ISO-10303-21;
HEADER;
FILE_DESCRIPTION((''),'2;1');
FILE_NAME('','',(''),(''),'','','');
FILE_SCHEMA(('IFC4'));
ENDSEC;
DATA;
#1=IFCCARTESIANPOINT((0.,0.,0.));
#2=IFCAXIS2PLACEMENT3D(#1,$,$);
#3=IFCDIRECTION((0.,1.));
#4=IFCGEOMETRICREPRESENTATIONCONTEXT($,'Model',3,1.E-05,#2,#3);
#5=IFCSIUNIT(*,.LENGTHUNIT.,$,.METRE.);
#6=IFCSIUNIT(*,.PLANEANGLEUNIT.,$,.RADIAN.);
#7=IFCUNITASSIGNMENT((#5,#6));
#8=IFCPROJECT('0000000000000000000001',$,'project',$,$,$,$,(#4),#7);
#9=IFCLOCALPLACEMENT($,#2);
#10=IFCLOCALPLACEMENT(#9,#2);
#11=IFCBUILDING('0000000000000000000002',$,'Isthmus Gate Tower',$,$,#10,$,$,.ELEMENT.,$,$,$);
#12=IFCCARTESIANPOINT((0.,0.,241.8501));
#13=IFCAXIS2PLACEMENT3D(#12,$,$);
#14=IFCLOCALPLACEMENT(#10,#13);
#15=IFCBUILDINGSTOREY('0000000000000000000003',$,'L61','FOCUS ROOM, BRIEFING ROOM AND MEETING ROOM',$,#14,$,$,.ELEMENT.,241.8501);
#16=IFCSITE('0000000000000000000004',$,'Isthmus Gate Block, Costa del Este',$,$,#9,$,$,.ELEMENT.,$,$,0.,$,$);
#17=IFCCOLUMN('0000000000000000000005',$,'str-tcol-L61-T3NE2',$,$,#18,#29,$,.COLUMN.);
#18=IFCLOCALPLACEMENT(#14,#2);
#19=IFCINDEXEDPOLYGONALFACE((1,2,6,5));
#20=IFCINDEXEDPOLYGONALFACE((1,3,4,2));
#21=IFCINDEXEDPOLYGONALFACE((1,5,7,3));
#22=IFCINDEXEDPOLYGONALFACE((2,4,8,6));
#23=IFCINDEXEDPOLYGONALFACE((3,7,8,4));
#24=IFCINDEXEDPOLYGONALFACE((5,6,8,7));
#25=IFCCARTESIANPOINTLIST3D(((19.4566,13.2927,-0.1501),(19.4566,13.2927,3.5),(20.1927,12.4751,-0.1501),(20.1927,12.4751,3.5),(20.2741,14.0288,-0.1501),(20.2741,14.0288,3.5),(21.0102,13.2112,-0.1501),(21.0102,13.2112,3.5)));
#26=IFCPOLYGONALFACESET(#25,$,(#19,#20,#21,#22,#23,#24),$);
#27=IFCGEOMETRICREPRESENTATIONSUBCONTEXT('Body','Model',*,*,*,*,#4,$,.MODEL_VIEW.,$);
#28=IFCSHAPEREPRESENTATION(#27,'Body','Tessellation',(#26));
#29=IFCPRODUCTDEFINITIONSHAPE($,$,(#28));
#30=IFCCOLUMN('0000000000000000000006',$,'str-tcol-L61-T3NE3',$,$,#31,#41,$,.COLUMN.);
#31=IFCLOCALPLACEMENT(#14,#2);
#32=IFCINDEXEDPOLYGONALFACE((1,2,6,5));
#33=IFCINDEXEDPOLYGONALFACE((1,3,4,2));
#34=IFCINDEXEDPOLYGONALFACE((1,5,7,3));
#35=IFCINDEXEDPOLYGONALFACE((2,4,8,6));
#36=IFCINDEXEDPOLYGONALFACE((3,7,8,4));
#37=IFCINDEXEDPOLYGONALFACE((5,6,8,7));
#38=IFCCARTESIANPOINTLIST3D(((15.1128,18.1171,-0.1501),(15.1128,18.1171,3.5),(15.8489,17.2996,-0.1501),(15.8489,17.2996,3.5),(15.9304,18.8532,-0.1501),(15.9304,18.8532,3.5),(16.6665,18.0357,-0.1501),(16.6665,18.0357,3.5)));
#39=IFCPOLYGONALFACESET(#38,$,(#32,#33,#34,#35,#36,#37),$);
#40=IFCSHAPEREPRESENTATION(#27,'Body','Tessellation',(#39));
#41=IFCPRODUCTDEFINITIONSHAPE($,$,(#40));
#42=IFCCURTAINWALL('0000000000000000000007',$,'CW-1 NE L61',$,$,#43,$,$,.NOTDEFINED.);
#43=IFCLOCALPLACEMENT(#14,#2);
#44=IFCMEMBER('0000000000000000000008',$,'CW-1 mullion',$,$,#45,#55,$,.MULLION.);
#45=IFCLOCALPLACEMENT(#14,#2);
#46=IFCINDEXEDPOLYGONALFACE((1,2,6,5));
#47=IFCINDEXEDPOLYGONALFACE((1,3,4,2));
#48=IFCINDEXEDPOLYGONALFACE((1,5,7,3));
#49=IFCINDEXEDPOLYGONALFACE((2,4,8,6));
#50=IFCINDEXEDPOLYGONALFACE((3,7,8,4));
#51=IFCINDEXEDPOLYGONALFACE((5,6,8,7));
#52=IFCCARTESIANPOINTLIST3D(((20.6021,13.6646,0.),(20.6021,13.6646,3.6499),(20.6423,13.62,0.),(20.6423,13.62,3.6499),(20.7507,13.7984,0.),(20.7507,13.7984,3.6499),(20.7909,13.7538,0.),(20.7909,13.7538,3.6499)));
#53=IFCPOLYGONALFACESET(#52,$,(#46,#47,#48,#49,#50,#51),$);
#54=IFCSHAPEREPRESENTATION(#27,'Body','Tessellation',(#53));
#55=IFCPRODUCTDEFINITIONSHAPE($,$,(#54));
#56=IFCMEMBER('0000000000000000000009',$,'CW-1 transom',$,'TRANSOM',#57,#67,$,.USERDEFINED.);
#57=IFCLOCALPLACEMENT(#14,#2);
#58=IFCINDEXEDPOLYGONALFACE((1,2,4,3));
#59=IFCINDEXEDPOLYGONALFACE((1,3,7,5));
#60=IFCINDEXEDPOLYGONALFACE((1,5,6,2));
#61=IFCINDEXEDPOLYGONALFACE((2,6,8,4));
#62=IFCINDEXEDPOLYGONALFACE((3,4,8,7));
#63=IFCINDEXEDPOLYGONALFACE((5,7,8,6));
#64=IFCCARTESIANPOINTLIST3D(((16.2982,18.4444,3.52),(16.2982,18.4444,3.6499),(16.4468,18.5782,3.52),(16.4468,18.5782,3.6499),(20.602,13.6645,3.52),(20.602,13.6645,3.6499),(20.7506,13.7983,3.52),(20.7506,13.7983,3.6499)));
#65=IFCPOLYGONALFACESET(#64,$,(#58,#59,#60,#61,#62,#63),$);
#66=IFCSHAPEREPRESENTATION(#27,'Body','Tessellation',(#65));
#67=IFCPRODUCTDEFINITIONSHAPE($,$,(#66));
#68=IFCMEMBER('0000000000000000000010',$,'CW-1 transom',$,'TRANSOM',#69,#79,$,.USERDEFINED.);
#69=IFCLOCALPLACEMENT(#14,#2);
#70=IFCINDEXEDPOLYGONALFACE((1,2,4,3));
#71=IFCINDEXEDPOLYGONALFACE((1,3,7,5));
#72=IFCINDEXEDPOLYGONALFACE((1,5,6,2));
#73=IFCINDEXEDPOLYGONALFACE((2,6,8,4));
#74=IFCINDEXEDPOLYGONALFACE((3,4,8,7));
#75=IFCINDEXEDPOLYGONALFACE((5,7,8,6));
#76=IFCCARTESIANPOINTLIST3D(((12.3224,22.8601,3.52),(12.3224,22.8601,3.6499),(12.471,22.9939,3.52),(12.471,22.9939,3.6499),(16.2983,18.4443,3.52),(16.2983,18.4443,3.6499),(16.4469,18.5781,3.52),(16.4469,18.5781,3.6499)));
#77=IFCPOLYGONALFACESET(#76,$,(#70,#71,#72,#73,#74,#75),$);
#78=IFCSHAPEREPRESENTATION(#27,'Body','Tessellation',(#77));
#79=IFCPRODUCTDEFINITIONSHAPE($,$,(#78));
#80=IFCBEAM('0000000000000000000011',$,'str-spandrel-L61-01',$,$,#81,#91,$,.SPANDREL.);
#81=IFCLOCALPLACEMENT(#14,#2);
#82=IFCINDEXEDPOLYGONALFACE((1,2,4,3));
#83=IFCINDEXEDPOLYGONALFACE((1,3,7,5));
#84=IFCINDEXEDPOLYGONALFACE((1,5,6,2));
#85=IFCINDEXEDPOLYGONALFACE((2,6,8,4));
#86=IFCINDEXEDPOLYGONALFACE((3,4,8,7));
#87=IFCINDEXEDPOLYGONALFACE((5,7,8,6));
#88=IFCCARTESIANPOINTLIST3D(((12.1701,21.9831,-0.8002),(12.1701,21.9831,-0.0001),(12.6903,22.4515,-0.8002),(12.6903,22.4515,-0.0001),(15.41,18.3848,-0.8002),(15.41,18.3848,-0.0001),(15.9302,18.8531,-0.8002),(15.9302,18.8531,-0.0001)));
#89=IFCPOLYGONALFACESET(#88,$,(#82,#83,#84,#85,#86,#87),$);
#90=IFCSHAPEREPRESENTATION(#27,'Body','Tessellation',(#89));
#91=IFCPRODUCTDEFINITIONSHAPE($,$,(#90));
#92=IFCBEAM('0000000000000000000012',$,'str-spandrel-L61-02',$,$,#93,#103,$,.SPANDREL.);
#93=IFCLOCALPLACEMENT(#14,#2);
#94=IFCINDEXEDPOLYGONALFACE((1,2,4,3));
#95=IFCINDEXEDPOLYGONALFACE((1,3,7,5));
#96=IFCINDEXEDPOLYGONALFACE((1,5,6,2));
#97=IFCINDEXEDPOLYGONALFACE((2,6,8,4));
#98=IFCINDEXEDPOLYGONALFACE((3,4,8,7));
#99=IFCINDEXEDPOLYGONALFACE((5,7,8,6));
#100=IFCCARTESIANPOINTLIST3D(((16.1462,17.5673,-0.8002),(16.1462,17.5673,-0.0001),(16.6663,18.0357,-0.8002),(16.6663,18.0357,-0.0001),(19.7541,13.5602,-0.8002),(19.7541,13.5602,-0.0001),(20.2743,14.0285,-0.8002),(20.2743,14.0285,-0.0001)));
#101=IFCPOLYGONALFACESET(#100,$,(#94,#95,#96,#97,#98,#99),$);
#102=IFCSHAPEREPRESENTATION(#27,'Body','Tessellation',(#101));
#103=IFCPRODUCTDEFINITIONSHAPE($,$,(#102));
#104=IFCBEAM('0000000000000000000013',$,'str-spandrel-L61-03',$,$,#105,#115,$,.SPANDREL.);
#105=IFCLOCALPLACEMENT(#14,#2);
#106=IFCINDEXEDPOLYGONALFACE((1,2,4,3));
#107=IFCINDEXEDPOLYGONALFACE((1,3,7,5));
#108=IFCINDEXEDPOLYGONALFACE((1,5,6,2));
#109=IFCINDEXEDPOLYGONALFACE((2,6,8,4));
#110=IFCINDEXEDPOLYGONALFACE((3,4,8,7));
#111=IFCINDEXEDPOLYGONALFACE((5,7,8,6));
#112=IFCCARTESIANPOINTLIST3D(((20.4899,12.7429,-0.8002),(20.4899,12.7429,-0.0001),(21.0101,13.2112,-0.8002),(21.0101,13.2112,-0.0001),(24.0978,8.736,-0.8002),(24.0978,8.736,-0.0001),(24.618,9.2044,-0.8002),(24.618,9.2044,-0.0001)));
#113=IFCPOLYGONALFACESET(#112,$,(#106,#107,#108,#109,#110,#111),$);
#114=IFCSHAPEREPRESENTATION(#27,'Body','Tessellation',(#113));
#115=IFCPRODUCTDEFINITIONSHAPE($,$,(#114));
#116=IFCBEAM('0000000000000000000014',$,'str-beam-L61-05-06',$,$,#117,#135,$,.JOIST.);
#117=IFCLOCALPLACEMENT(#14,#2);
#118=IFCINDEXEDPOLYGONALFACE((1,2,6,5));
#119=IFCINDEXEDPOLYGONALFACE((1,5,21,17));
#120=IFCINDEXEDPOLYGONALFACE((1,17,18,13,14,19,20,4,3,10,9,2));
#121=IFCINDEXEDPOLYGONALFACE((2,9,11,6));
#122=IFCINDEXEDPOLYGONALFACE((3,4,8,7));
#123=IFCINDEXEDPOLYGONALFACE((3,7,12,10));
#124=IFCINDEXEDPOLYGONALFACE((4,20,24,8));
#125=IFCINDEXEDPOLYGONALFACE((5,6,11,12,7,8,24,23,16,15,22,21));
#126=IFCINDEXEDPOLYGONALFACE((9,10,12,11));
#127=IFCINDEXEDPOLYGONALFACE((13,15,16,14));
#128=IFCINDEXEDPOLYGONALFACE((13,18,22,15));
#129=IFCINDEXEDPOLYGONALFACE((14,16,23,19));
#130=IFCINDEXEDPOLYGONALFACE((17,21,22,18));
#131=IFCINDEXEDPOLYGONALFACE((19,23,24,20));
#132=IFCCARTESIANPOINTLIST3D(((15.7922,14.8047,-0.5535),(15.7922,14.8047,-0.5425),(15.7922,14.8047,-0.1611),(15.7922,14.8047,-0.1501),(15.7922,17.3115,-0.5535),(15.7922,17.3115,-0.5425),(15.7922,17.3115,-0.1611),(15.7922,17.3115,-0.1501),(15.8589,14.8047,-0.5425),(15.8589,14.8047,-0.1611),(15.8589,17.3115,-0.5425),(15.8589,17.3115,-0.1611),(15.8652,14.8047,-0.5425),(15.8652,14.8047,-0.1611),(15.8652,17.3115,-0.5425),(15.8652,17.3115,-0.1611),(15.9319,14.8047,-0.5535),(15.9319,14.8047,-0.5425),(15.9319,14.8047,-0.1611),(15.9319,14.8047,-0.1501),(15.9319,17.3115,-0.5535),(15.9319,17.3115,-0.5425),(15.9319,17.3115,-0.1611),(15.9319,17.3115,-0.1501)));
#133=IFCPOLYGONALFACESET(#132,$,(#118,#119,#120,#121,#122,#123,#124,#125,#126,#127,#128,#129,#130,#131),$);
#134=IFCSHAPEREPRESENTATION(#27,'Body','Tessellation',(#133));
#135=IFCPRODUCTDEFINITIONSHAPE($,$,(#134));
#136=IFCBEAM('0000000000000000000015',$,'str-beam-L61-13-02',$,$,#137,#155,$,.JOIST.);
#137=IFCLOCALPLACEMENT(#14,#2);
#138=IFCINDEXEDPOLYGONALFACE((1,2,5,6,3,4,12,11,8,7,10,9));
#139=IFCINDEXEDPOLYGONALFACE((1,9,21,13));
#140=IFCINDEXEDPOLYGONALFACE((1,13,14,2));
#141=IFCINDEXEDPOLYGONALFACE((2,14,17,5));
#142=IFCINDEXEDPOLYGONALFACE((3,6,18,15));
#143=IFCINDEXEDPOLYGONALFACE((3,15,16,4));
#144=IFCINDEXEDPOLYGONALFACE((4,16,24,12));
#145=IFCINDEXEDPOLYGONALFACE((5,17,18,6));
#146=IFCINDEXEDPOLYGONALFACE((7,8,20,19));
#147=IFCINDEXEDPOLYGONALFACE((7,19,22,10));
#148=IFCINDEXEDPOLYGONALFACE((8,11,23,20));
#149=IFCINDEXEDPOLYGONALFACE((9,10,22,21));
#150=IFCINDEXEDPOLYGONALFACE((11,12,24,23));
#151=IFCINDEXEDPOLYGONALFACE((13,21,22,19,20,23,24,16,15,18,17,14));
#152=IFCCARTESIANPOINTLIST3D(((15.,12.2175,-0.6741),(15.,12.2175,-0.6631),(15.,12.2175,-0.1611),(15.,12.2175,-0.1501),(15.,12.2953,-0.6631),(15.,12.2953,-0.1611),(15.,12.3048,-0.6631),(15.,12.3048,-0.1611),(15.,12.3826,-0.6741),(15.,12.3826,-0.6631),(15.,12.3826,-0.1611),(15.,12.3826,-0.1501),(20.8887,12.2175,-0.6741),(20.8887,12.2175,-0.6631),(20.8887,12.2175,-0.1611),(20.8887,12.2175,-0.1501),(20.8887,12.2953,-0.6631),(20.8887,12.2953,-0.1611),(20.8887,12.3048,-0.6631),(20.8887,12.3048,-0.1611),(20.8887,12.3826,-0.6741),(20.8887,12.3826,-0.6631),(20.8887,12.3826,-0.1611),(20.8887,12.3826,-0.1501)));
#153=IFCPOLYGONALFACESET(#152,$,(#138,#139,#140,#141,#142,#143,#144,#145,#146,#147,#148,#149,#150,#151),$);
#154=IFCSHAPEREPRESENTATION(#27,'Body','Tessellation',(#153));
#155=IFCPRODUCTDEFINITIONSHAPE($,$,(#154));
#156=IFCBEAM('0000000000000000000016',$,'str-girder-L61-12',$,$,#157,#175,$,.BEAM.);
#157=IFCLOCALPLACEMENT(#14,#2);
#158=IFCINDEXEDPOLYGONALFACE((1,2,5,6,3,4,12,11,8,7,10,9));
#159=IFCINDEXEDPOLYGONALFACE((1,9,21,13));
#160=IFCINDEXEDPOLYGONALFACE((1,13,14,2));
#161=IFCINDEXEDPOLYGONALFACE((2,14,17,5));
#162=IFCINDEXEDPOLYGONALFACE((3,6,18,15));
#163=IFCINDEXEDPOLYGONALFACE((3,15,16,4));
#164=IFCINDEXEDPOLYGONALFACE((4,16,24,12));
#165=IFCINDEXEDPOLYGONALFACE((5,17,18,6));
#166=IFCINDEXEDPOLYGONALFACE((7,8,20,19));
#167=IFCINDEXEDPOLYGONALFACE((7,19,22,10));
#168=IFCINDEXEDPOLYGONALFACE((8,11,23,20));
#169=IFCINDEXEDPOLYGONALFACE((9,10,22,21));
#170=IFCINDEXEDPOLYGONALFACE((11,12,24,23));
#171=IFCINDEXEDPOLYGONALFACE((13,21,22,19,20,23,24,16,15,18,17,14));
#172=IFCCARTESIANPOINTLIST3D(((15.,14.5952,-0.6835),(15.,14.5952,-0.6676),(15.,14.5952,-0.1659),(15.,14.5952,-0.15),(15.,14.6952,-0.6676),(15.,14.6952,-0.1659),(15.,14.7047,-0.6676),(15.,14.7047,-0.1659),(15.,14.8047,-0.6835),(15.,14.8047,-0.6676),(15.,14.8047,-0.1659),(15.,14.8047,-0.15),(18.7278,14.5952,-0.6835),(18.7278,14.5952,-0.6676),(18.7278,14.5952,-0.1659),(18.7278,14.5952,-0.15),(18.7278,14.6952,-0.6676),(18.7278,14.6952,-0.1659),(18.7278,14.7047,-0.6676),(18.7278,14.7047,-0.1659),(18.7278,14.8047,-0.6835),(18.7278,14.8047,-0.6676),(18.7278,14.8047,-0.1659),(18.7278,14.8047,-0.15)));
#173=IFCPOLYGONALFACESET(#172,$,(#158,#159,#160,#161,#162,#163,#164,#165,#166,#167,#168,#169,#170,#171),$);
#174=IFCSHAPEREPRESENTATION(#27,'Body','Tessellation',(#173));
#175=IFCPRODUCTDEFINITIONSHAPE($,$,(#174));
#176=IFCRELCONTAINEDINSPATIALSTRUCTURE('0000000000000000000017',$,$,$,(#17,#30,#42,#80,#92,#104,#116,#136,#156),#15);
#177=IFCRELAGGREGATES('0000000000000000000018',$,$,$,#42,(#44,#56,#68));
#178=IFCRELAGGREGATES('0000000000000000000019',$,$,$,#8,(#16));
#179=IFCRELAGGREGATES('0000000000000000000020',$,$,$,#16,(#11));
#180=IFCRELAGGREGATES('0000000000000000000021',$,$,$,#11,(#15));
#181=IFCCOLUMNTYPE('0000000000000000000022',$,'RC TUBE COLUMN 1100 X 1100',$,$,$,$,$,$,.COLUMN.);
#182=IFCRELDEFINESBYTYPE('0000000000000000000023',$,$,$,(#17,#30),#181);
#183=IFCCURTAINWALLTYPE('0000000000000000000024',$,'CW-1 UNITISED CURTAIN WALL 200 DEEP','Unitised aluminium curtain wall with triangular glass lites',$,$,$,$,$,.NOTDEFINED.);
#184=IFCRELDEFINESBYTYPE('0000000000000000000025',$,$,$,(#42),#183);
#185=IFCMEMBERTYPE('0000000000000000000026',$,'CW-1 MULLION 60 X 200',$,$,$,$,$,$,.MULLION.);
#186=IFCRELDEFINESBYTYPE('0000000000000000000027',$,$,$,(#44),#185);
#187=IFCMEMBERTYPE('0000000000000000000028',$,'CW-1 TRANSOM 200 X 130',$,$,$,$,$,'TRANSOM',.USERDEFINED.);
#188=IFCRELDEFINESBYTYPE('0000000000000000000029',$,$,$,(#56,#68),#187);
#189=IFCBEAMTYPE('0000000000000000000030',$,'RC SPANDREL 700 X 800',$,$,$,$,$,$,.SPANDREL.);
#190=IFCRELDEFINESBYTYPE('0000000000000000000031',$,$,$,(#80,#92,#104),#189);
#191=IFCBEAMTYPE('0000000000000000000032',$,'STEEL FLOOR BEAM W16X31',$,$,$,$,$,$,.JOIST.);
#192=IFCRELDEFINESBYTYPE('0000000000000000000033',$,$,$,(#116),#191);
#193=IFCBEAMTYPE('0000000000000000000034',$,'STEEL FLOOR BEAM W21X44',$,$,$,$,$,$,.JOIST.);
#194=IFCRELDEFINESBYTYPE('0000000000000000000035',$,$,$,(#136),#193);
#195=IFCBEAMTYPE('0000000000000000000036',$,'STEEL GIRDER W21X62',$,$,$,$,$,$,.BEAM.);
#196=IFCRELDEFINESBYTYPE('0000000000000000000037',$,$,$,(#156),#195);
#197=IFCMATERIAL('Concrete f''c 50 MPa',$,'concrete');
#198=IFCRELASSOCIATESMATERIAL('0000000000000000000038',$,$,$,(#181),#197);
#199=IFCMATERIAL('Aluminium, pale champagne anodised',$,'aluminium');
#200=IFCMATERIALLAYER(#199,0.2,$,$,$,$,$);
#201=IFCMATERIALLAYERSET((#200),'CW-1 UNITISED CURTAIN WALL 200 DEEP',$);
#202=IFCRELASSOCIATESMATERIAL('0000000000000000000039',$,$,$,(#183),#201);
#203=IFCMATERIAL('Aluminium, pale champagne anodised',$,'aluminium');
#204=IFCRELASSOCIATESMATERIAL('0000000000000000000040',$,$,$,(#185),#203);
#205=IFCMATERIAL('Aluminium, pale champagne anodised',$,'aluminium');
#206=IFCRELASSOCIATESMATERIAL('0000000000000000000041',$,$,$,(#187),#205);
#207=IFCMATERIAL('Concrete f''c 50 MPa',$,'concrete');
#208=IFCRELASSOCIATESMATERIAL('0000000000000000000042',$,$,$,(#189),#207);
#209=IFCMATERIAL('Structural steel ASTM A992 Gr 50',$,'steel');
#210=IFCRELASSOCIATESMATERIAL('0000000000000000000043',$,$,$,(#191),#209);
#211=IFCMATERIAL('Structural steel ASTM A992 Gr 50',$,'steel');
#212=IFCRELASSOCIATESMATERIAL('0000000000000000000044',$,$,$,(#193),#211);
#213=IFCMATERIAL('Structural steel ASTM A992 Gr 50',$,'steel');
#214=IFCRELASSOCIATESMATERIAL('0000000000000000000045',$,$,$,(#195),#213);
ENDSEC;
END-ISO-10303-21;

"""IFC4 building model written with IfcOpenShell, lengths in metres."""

from ifc_helpers import new_model, si_unit, direction, frame, origin, origin_2d, place, context, subcontext, project, spatial, rectangle, i_section, extrude, material, layer, layer_set, material_profile, profile_set, type_object, element, aggregate, save


model = new_model("IFC4")

# Units and contexts
model_context = context("Model", 3, precision=1e-05, world=origin(), true_north=direction((0.0, 1.0)))
body_context = subcontext(model_context, "Body", "Model", "MODEL_VIEW")
ifc_project = project(units=[si_unit("LENGTHUNIT", "METRE"), si_unit("PLANEANGLEUNIT", "RADIAN")], contexts=[model_context])

# Site, building, storey
site_placement = place(None, origin())
site = spatial("IfcSite", under=ifc_project, at=site_placement, Name="Isthmus Gate Block, Costa del Este", CompositionType="ELEMENT", RefElevation=0.0)
building_placement = place(site_placement, origin())
building = spatial("IfcBuilding", under=site, at=building_placement, Name="Isthmus Gate Tower", CompositionType="ELEMENT")
storey_placement = place(building_placement, frame((0.0, 0.0, 241.8501)))
storey = spatial("IfcBuildingStorey", under=building, at=storey_placement, Name="L61", Description="FOCUS ROOM, BRIEFING ROOM AND MEETING ROOM", CompositionType="ELEMENT", Elevation=241.8501)

# Columns
ifc_material_1 = material(Name="Concrete f'c 50 MPa", Category="concrete")
ifc_material_profile_1 = material_profile(ifc_material_1, rectangle(XDim=1.1001, YDim=1.1001, at=origin_2d()), Name="RC 1100X1100")
ifc_profile_set_1 = profile_set([ifc_material_profile_1], Name="Concrete f'c 50 MPa")
column_type = type_object("IfcColumnType", Name="RC TUBE COLUMN 1100 X 1100", PredefinedType="COLUMN", material=ifc_profile_set_1)
for number, where, z_axis, x_axis, name in (
    (1, (20.2334, 13.252, -0.1501), (0.0, 0.0, 1.0), (-0.669131, 0.743145, 0.0), "str-tcol-L61-T3NE2"),
    (2, (15.8896, 18.0764, -0.1501), (0.0, 0.0, 1.0), (-0.669131, 0.743145, 0.0), "str-tcol-L61-T3NE3"),
):
    element("IfcColumn", number, at=place(storey_placement, frame(where, z_axis=z_axis, x_axis=x_axis)), inside=storey, type_object=column_type, Name=name, PredefinedType="COLUMN", context=body_context, shape_type="SweptSolid", body=[
        extrude(rectangle(XDim=1.1001, YDim=1.1001, at=origin_2d()), origin(), (0.0, 0.0, 1.0), 3.6501),
    ])

# Curtain wall, members
ifc_material_2 = material(Name="Aluminium, pale champagne anodised", Category="aluminium")
ifc_layer_1 = layer(ifc_material_2, 0.2)
ifc_layer_set_1 = layer_set([ifc_layer_1], Name="CW-1 UNITISED CURTAIN WALL 200 DEEP")
curtain_wall_type = type_object("IfcCurtainWallType", Name="CW-1 UNITISED CURTAIN WALL 200 DEEP", Description="Unitised aluminium curtain wall with triangular glass lites", PredefinedType="NOTDEFINED", material=ifc_layer_set_1)
curtain_wall_placement = place(storey_placement, origin())
curtain_wall = element("IfcCurtainWall", 3, at=curtain_wall_placement, inside=storey, type_object=curtain_wall_type, Name="CW-1 NE L61", PredefinedType="NOTDEFINED")
ifc_material_3 = material(Name="Aluminium, pale champagne anodised", Category="aluminium")
ifc_material_profile_2 = material_profile(ifc_material_3, rectangle(XDim=0.0601, YDim=0.2, at=origin_2d()), Name="60x200")
ifc_profile_set_2 = profile_set([ifc_material_profile_2], Name="Aluminium, pale champagne anodised")
member_type_1 = type_object("IfcMemberType", Name="CW-1 MULLION 60 X 200", PredefinedType="MULLION", material=ifc_profile_set_2)
member_1_placement = place(storey_placement, frame((20.6965, 13.7092, 0.0), z_axis=(0.0, 0.0, 1.0), x_axis=(-0.669131, 0.743145, 0.0)))
member_1 = element("IfcMember", 4, at=member_1_placement, type_object=member_type_1, Name="CW-1 mullion", PredefinedType="MULLION", context=body_context, shape_type="SweptSolid", body=[
    extrude(rectangle(XDim=0.0601, YDim=0.2, at=origin_2d()), origin(), (0.0, 0.0, 1.0), 3.6499),
])
ifc_material_4 = material(Name="Aluminium, pale champagne anodised", Category="aluminium")
ifc_material_profile_3 = material_profile(ifc_material_4, rectangle(XDim=0.2, YDim=0.1299, at=origin_2d()), Name="200x130")
ifc_profile_set_3 = profile_set([ifc_material_profile_3], Name="Aluminium, pale champagne anodised")
member_type_2 = type_object("IfcMemberType", Name="CW-1 TRANSOM 200 X 130", ElementType="TRANSOM", PredefinedType="USERDEFINED", material=ifc_profile_set_3)
member_2_placement = place(storey_placement, frame((20.6763, 13.7314, 3.585), z_axis=(-0.669128, 0.743147, 0.0), x_axis=(-0.743147, -0.669128, 0.0)))
member_2 = element("IfcMember", 5, at=member_2_placement, type_object=member_type_2, Name="CW-1 transom", ObjectType="TRANSOM", PredefinedType="USERDEFINED", context=body_context, shape_type="SweptSolid", body=[
    extrude(rectangle(XDim=0.2, YDim=0.1299, at=origin_2d()), origin(), (0.0, 0.0, 1.0), 6.4319),
])
member_3_placement = place(storey_placement, frame((16.3726, 18.5112, 3.585), z_axis=(-0.669117, 0.743157, 0.0), x_axis=(-0.743157, -0.669117, 0.0)))
member_3 = element("IfcMember", 6, at=member_3_placement, type_object=member_type_2, Name="CW-1 transom", ObjectType="TRANSOM", PredefinedType="USERDEFINED", context=body_context, shape_type="SweptSolid", body=[
    extrude(rectangle(XDim=0.2, YDim=0.1299, at=origin_2d()), origin(), (0.0, 0.0, 1.0), 5.9419),
])

# Beams
ifc_material_5 = material(Name="Concrete f'c 50 MPa", Category="concrete")
ifc_material_profile_4 = material_profile(ifc_material_5, rectangle(XDim=0.7, YDim=0.8, at=origin_2d()), Name="RC 700X800")
ifc_profile_set_4 = profile_set([ifc_material_profile_4], Name="Concrete f'c 50 MPa")
beam_type_1 = type_object("IfcBeamType", Name="RC SPANDREL 700 X 800", PredefinedType="SPANDREL", material=ifc_profile_set_4)
beam_1_placement = place(storey_placement, frame((12.4302, 22.2173, -0.4001), z_axis=(0.669129, -0.743146, 0.0), x_axis=(0.743146, 0.669129, 0.0)))
element("IfcBeam", 7, at=beam_1_placement, inside=storey, type_object=beam_type_1, Name="str-spandrel-L61-01", PredefinedType="SPANDREL", context=body_context, shape_type="SweptSolid", body=[
    extrude(rectangle(XDim=0.7, YDim=0.8, at=origin_2d()), origin(), (0.0, 0.0, 1.0), 4.842),
])
beam_2_placement = place(storey_placement, frame((16.4062, 17.8015, -0.4001), z_axis=(0.669122, -0.743152, 0.0), x_axis=(0.743152, 0.669122, 0.0)))
element("IfcBeam", 8, at=beam_2_placement, inside=storey, type_object=beam_type_1, Name="str-spandrel-L61-02", PredefinedType="SPANDREL", context=body_context, shape_type="SweptSolid", body=[
    extrude(rectangle(XDim=0.7, YDim=0.8, at=origin_2d()), origin(), (0.0, 0.0, 1.0), 5.3921),
])
beam_3_placement = place(storey_placement, frame((20.75, 12.9771, -0.4001), z_axis=(0.669145, -0.743132, 0.0), x_axis=(0.743132, 0.669145, 0.0)))
element("IfcBeam", 9, at=beam_3_placement, inside=storey, type_object=beam_type_1, Name="str-spandrel-L61-03", PredefinedType="SPANDREL", context=body_context, shape_type="SweptSolid", body=[
    extrude(rectangle(XDim=0.7, YDim=0.8, at=origin_2d()), origin(), (0.0, 0.0, 1.0), 5.3918),
])
ifc_material_6 = material(Name="Structural steel ASTM A992 Gr 50", Category="steel")
ifc_material_profile_5 = material_profile(ifc_material_6, i_section(OverallWidth=0.1396, OverallDepth=0.4033, WebThickness=0.0063, FlangeThickness=0.011, at=origin_2d()), Name="W16X31")
ifc_profile_set_5 = profile_set([ifc_material_profile_5], Name="Structural steel ASTM A992 Gr 50")
beam_type_2 = type_object("IfcBeamType", Name="STEEL FLOOR BEAM W16X31", PredefinedType="JOIST", material=ifc_profile_set_5)
beam_4_placement = place(storey_placement, frame((15.8621, 14.8047, -0.3518), z_axis=(0.0, 1.0, 0.0), x_axis=(-1.0, 0.0, 0.0)))
element("IfcBeam", 10, at=beam_4_placement, inside=storey, type_object=beam_type_2, Name="str-beam-L61-05-06", PredefinedType="JOIST", context=body_context, shape_type="SweptSolid", body=[
    extrude(i_section(OverallWidth=0.1396, OverallDepth=0.4033, WebThickness=0.0063, FlangeThickness=0.011, at=origin_2d()), origin(), (0.0, 0.0, 1.0), 2.5068),
])
ifc_material_7 = material(Name="Structural steel ASTM A992 Gr 50", Category="steel")
ifc_material_profile_6 = material_profile(ifc_material_7, i_section(OverallWidth=0.165, OverallDepth=0.5239, WebThickness=0.0095, FlangeThickness=0.011, at=origin_2d()), Name="W21X44")
ifc_profile_set_6 = profile_set([ifc_material_profile_6], Name="Structural steel ASTM A992 Gr 50")
beam_type_3 = type_object("IfcBeamType", Name="STEEL FLOOR BEAM W21X44", PredefinedType="JOIST", material=ifc_profile_set_6)
beam_5_placement = place(storey_placement, frame((15.0, 12.3, -0.4121), z_axis=(1.0, 0.0, 0.0), x_axis=(0.0, 1.0, 0.0)))
element("IfcBeam", 11, at=beam_5_placement, inside=storey, type_object=beam_type_3, Name="str-beam-L61-13-02", PredefinedType="JOIST", context=body_context, shape_type="SweptSolid", body=[
    extrude(i_section(OverallWidth=0.165, OverallDepth=0.5239, WebThickness=0.0095, FlangeThickness=0.011, at=origin_2d()), origin(), (0.0, 0.0, 1.0), 5.8887),
])
ifc_material_8 = material(Name="Structural steel ASTM A992 Gr 50", Category="steel")
ifc_material_profile_7 = material_profile(ifc_material_8, i_section(OverallWidth=0.2095, OverallDepth=0.5334, WebThickness=0.0095, FlangeThickness=0.0159, at=origin_2d()), Name="W21X62")
ifc_profile_set_7 = profile_set([ifc_material_profile_7], Name="Structural steel ASTM A992 Gr 50")
beam_type_4 = type_object("IfcBeamType", Name="STEEL GIRDER W21X62", PredefinedType="BEAM", material=ifc_profile_set_7)
beam_6_placement = place(storey_placement, frame((15.0, 14.7, -0.4167), z_axis=(1.0, 0.0, 0.0), x_axis=(0.0, 1.0, 0.0)))
element("IfcBeam", 12, at=beam_6_placement, inside=storey, type_object=beam_type_4, Name="str-girder-L61-12", PredefinedType="BEAM", context=body_context, shape_type="SweptSolid", body=[
    extrude(i_section(OverallWidth=0.2095, OverallDepth=0.5334, WebThickness=0.0095, FlangeThickness=0.0159, at=origin_2d()), origin(), (0.0, 0.0, 1.0), 3.7278),
])

aggregate(curtain_wall, [member_1, member_2, member_3])

save(model, "model.ifc")
